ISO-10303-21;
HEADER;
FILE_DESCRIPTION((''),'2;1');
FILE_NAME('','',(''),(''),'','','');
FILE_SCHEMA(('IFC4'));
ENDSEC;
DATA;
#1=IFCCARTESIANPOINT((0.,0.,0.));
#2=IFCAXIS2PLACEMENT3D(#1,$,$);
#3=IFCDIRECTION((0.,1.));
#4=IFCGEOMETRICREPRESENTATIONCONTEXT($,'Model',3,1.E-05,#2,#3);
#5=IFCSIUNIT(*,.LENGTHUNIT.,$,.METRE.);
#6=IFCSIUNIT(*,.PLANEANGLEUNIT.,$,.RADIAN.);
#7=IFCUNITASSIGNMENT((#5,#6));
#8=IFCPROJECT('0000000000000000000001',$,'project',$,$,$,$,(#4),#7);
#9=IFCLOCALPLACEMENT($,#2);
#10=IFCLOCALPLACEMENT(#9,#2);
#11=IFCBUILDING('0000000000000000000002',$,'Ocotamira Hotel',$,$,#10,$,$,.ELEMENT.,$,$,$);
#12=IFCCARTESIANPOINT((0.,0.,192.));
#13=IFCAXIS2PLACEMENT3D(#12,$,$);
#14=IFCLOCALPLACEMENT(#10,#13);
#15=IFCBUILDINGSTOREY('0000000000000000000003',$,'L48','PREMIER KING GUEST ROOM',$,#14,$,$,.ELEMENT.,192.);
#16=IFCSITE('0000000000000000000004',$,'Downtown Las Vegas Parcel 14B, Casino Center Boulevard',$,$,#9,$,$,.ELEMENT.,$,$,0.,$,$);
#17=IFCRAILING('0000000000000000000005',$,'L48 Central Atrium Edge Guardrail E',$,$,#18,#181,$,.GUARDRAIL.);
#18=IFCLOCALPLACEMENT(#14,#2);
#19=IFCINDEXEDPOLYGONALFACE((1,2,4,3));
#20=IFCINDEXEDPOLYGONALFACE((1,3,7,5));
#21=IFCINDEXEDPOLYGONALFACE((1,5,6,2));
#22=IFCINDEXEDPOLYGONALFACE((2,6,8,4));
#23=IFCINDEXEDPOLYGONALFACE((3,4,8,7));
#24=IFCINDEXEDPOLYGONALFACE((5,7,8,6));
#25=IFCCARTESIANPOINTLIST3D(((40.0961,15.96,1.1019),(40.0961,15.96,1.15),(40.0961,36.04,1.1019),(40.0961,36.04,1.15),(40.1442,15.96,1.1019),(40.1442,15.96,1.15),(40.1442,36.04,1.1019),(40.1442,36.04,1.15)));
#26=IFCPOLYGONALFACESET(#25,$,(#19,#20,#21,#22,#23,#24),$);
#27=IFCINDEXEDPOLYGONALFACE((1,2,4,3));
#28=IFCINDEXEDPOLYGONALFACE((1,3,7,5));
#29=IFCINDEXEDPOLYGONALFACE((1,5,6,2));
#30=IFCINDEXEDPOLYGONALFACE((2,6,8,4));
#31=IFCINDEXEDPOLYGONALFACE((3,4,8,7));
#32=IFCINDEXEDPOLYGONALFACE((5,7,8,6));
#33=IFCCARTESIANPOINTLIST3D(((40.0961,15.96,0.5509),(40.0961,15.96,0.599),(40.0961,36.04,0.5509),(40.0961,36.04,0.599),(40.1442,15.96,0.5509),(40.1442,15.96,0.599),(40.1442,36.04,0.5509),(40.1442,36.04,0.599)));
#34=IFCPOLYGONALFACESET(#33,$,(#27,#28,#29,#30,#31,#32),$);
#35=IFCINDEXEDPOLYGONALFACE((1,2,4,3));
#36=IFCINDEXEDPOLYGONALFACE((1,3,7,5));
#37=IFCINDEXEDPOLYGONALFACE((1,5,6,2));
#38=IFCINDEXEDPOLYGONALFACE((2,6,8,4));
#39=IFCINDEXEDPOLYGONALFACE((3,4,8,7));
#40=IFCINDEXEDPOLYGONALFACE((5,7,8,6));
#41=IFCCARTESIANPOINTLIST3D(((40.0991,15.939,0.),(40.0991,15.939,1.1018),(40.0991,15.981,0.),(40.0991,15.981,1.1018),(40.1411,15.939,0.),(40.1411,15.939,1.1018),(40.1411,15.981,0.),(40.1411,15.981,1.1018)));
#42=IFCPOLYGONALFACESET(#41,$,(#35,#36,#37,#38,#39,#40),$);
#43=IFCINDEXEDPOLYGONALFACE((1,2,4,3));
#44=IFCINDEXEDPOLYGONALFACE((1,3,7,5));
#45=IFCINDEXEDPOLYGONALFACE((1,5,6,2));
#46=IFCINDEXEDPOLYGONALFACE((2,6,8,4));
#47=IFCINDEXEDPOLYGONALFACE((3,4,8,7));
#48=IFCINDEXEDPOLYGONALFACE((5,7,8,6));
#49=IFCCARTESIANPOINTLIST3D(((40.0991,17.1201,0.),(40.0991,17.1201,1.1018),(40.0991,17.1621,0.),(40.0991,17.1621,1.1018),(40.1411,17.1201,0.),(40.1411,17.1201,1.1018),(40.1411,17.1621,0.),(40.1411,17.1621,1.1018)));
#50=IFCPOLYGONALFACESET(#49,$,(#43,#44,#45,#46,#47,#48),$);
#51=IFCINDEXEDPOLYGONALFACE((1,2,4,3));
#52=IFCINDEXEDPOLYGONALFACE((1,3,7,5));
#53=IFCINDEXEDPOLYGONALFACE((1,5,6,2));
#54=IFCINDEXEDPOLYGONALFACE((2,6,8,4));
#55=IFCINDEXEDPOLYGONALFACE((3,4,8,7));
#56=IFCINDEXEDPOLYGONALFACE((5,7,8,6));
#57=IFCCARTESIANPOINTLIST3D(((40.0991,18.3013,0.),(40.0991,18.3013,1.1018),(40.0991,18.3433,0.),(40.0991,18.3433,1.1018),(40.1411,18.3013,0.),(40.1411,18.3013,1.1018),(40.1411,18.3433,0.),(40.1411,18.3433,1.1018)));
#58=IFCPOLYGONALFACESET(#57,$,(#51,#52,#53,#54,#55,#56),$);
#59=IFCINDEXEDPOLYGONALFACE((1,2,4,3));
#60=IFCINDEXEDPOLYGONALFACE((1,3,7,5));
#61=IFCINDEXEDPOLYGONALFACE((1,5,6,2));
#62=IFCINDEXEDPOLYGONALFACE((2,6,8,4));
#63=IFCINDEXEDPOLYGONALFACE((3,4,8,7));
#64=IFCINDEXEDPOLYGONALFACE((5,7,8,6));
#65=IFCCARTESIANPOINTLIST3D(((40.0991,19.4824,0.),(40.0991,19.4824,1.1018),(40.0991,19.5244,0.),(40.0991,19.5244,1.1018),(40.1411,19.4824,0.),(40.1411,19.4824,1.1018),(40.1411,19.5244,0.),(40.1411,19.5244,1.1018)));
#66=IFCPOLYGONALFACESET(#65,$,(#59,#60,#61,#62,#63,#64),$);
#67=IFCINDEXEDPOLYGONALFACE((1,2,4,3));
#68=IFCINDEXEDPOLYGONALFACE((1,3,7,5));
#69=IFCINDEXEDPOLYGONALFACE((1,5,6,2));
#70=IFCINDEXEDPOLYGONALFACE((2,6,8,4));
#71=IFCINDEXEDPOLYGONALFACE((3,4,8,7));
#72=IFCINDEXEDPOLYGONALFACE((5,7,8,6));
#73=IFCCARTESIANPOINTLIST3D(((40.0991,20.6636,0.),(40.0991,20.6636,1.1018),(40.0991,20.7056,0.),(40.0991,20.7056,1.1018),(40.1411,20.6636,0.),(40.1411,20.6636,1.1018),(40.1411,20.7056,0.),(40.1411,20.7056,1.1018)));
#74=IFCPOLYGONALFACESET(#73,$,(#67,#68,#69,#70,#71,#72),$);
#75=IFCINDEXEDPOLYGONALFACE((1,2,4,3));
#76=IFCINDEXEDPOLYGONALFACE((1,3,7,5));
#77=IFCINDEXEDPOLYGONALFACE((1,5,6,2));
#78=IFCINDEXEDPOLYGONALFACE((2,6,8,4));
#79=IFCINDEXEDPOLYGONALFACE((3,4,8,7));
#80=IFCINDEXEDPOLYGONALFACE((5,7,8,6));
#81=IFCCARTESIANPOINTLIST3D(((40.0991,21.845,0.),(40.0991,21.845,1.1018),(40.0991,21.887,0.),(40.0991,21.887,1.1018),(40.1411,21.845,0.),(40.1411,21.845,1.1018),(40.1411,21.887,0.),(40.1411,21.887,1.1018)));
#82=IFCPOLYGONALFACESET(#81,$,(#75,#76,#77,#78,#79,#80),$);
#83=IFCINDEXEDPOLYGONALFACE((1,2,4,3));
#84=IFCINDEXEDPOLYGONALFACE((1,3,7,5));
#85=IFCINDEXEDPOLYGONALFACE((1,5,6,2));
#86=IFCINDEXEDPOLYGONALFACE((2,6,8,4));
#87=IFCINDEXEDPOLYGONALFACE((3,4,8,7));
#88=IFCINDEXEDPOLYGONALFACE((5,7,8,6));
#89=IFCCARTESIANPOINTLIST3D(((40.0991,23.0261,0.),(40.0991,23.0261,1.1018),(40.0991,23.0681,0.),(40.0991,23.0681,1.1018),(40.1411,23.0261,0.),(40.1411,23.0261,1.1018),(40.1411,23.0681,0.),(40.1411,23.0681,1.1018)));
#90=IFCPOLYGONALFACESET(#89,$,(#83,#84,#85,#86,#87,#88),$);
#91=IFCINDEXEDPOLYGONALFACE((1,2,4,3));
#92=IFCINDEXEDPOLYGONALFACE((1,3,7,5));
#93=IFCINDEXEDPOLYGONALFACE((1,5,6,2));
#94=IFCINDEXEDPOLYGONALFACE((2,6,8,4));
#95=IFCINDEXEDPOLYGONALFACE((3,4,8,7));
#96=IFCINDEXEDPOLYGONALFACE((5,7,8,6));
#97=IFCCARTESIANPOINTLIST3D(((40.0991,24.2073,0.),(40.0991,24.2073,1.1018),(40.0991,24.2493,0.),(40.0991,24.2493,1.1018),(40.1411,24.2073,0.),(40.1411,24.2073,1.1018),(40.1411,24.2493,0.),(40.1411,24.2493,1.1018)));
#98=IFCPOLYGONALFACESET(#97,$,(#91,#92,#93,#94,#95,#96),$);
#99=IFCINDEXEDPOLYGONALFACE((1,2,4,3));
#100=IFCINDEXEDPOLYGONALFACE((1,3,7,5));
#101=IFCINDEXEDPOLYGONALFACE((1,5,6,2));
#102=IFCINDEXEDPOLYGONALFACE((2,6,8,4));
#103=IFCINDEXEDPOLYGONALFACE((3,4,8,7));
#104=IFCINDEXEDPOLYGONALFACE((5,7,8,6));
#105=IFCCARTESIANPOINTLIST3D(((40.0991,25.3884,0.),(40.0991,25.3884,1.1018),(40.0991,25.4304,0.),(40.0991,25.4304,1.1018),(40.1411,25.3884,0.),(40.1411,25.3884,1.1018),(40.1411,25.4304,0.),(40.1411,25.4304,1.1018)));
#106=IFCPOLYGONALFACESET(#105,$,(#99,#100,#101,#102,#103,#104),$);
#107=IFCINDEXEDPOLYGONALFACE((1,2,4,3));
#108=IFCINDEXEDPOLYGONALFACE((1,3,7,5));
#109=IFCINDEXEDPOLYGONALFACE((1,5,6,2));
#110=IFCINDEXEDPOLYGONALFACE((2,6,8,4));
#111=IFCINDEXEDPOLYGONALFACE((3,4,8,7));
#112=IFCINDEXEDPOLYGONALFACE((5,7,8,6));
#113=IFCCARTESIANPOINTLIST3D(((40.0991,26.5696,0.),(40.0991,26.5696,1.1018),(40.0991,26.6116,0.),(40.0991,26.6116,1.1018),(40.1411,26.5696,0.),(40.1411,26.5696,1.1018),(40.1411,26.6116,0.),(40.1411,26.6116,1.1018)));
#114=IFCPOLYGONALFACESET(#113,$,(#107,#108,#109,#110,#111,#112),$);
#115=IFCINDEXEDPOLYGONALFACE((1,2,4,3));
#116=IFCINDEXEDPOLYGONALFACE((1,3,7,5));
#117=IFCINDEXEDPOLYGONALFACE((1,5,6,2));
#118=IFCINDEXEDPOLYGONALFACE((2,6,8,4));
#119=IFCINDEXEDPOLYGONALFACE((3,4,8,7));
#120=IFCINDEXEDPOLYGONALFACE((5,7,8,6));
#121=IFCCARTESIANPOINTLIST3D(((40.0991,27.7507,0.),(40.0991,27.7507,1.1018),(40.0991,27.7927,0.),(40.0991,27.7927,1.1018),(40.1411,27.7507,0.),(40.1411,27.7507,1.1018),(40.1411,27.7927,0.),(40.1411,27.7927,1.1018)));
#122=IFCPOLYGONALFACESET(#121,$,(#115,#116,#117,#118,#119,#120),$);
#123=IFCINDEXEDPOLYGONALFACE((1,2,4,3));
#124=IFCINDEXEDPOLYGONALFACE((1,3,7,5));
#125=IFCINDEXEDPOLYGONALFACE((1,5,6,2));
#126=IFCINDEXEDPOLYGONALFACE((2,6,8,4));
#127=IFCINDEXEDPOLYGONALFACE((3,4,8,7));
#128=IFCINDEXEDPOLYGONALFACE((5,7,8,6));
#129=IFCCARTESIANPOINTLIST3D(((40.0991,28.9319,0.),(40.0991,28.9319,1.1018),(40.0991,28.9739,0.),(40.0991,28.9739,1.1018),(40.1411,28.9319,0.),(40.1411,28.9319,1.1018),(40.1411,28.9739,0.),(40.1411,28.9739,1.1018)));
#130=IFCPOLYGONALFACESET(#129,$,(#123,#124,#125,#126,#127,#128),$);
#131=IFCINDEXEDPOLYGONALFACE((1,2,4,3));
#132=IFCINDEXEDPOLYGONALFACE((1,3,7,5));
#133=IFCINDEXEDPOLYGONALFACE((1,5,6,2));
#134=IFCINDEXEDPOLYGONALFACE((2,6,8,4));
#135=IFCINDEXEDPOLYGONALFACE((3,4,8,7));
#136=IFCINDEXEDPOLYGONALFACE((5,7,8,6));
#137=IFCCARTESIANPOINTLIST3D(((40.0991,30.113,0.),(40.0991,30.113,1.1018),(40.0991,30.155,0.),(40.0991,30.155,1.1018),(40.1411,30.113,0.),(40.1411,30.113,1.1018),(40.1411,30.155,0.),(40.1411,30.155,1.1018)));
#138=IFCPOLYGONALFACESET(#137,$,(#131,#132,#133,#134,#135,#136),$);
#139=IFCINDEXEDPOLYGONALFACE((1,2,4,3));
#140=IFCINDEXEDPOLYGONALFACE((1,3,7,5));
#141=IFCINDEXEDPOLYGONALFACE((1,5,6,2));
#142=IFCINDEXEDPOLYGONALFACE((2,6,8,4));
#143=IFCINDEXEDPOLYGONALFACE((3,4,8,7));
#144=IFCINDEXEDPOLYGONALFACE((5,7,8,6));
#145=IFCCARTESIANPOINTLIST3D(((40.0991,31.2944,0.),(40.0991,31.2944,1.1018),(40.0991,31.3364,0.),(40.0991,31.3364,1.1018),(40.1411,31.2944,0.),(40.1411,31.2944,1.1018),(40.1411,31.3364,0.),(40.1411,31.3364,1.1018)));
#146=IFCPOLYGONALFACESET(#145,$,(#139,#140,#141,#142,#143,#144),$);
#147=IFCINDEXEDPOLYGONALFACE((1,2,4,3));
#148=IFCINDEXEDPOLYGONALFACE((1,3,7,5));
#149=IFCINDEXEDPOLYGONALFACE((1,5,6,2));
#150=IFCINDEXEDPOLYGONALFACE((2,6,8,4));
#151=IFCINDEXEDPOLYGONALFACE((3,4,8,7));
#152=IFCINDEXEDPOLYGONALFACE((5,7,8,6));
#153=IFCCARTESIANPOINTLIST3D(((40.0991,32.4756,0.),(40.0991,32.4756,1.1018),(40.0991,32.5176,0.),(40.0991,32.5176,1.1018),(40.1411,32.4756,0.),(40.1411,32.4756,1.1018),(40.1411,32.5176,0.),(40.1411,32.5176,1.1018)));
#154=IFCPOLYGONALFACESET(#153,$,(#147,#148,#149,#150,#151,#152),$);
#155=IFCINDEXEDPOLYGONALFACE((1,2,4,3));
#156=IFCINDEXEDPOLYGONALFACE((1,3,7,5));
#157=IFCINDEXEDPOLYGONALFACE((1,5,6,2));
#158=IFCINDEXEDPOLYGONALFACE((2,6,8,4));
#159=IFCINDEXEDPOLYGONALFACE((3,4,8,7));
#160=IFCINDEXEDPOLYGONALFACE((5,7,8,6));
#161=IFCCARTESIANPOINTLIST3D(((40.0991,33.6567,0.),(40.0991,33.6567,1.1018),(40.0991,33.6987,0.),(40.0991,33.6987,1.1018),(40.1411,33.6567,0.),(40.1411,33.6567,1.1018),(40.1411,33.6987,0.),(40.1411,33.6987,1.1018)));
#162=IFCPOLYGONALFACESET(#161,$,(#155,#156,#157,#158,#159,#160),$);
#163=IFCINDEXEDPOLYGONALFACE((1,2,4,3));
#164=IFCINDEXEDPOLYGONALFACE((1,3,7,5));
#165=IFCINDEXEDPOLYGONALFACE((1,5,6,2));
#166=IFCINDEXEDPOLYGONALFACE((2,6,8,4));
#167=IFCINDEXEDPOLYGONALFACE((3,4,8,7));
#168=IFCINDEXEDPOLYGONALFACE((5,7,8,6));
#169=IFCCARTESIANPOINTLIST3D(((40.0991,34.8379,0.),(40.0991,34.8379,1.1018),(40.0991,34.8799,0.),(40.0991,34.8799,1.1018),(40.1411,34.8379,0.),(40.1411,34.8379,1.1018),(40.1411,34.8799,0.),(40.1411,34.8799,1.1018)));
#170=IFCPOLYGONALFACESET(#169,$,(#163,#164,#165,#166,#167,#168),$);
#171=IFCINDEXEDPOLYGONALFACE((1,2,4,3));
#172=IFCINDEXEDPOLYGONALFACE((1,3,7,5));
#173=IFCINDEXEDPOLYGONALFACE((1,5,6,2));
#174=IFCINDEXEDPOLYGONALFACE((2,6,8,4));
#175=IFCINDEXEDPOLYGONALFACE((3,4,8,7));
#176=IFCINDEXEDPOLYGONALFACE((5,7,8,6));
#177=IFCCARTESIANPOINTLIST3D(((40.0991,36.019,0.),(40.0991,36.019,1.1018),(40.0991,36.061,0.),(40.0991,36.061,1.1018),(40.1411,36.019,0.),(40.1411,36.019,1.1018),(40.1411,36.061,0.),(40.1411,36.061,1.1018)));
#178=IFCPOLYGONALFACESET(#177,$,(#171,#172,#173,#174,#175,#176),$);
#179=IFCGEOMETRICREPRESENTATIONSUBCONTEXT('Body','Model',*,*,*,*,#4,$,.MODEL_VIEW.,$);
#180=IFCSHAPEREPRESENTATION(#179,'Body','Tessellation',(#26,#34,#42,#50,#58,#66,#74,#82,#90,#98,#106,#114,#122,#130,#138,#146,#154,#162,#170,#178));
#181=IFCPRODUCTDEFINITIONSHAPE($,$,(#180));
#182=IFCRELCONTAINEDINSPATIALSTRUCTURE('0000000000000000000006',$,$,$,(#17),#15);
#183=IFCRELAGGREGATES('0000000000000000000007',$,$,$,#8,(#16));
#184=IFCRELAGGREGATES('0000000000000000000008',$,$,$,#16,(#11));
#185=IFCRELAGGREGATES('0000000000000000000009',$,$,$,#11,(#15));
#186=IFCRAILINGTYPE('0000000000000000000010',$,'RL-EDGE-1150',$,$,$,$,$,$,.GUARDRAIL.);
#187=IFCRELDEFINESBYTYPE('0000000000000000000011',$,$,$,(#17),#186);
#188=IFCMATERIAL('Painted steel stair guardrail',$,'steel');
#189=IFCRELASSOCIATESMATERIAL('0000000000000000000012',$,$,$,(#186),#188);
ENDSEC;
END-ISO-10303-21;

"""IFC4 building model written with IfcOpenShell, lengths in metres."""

from ifc_helpers import new_model, si_unit, direction, frame, origin, origin_2d, place, context, subcontext, project, spatial, rectangle, extrude, material, type_object, element, save


model = new_model("IFC4")

# Units and contexts
model_context = context("Model", 3, precision=1e-05, world=origin(), true_north=direction((0.0, 1.0)))
body_context = subcontext(model_context, "Body", "Model", "MODEL_VIEW")
ifc_project = project(units=[si_unit("LENGTHUNIT", "METRE"), si_unit("PLANEANGLEUNIT", "RADIAN")], contexts=[model_context])

# Site, building, storey
site_placement = place(None, origin())
site = spatial("IfcSite", under=ifc_project, at=site_placement, Name="Downtown Las Vegas Parcel 14B, Casino Center Boulevard", CompositionType="ELEMENT", RefElevation=0.0)
building_placement = place(site_placement, origin())
building = spatial("IfcBuilding", under=site, at=building_placement, Name="Ocotamira Hotel", CompositionType="ELEMENT")
storey_placement = place(building_placement, frame((0.0, 0.0, 192.0)))
storey = spatial("IfcBuildingStorey", under=building, at=storey_placement, Name="L48", Description="PREMIER KING GUEST ROOM", CompositionType="ELEMENT", Elevation=192.0)

# Railing
ifc_material_1 = material(Name="Painted steel stair guardrail", Category="steel")
railing_type = type_object("IfcRailingType", Name="RL-EDGE-1150", PredefinedType="GUARDRAIL", material=ifc_material_1)
railing_1_placement = place(storey_placement, frame((40.1201, 15.96, 0.0)))
element("IfcRailing", 1, at=railing_1_placement, inside=storey, type_object=railing_type, Name="L48 Central Atrium Edge Guardrail E", PredefinedType="GUARDRAIL", context=body_context, shape_type="SweptSolid", body=[
    extrude(rectangle(XDim=0.0481, YDim=0.0481, at=origin_2d()), frame((0.0, 0.0, 1.126), z_axis=(0.0, 1.0, 0.0), x_axis=(-1.0, 0.0, 0.0)), (0.0, 0.0, 1.0), 20.0801),
    extrude(rectangle(XDim=0.0481, YDim=0.0481, at=origin_2d()), frame((0.0, 0.0, 0.575), z_axis=(0.0, 1.0, 0.0), x_axis=(-1.0, 0.0, 0.0)), (0.0, 0.0, 1.0), 20.0801),
    extrude(rectangle(XDim=0.042, YDim=0.042, at=origin_2d()), origin(), (0.0, 0.0, 1.0), 1.1018),
    extrude(rectangle(XDim=0.042, YDim=0.042, at=origin_2d()), frame((0.0, 1.1812, 0.0)), (0.0, 0.0, 1.0), 1.1018),
    extrude(rectangle(XDim=0.042, YDim=0.042, at=origin_2d()), frame((0.0, 2.3623, 0.0)), (0.0, 0.0, 1.0), 1.1018),
    extrude(rectangle(XDim=0.042, YDim=0.042, at=origin_2d()), frame((0.0, 3.5435, 0.0)), (0.0, 0.0, 1.0), 1.1018),
    extrude(rectangle(XDim=0.042, YDim=0.042, at=origin_2d()), frame((0.0, 4.7246, 0.0)), (0.0, 0.0, 1.0), 1.1018),
    extrude(rectangle(XDim=0.042, YDim=0.042, at=origin_2d()), frame((0.0, 5.906, 0.0)), (0.0, 0.0, 1.0), 1.1018),
    extrude(rectangle(XDim=0.042, YDim=0.042, at=origin_2d()), frame((0.0, 7.0872, 0.0)), (0.0, 0.0, 1.0), 1.1018),
    extrude(rectangle(XDim=0.042, YDim=0.042, at=origin_2d()), frame((0.0, 8.2683, 0.0)), (0.0, 0.0, 1.0), 1.1018),
    extrude(rectangle(XDim=0.042, YDim=0.042, at=origin_2d()), frame((0.0, 9.4495, 0.0)), (0.0, 0.0, 1.0), 1.1018),
    extrude(rectangle(XDim=0.042, YDim=0.042, at=origin_2d()), frame((0.0, 10.6306, 0.0)), (0.0, 0.0, 1.0), 1.1018),
    extrude(rectangle(XDim=0.042, YDim=0.042, at=origin_2d()), frame((0.0, 11.8118, 0.0)), (0.0, 0.0, 1.0), 1.1018),
    extrude(rectangle(XDim=0.042, YDim=0.042, at=origin_2d()), frame((0.0, 12.9929, 0.0)), (0.0, 0.0, 1.0), 1.1018),
    extrude(rectangle(XDim=0.042, YDim=0.042, at=origin_2d()), frame((0.0, 14.1741, 0.0)), (0.0, 0.0, 1.0), 1.1018),
    extrude(rectangle(XDim=0.042, YDim=0.042, at=origin_2d()), frame((0.0, 15.3555, 0.0)), (0.0, 0.0, 1.0), 1.1018),
    extrude(rectangle(XDim=0.042, YDim=0.042, at=origin_2d()), frame((0.0, 16.5366, 0.0)), (0.0, 0.0, 1.0), 1.1018),
    extrude(rectangle(XDim=0.042, YDim=0.042, at=origin_2d()), frame((0.0, 17.7178, 0.0)), (0.0, 0.0, 1.0), 1.1018),
    extrude(rectangle(XDim=0.042, YDim=0.042, at=origin_2d()), frame((0.0, 18.8989, 0.0)), (0.0, 0.0, 1.0), 1.1018),
    extrude(rectangle(XDim=0.042, YDim=0.042, at=origin_2d()), frame((0.0, 20.0801, 0.0)), (0.0, 0.0, 1.0), 1.1018),
])

save(model, "model.ifc")
